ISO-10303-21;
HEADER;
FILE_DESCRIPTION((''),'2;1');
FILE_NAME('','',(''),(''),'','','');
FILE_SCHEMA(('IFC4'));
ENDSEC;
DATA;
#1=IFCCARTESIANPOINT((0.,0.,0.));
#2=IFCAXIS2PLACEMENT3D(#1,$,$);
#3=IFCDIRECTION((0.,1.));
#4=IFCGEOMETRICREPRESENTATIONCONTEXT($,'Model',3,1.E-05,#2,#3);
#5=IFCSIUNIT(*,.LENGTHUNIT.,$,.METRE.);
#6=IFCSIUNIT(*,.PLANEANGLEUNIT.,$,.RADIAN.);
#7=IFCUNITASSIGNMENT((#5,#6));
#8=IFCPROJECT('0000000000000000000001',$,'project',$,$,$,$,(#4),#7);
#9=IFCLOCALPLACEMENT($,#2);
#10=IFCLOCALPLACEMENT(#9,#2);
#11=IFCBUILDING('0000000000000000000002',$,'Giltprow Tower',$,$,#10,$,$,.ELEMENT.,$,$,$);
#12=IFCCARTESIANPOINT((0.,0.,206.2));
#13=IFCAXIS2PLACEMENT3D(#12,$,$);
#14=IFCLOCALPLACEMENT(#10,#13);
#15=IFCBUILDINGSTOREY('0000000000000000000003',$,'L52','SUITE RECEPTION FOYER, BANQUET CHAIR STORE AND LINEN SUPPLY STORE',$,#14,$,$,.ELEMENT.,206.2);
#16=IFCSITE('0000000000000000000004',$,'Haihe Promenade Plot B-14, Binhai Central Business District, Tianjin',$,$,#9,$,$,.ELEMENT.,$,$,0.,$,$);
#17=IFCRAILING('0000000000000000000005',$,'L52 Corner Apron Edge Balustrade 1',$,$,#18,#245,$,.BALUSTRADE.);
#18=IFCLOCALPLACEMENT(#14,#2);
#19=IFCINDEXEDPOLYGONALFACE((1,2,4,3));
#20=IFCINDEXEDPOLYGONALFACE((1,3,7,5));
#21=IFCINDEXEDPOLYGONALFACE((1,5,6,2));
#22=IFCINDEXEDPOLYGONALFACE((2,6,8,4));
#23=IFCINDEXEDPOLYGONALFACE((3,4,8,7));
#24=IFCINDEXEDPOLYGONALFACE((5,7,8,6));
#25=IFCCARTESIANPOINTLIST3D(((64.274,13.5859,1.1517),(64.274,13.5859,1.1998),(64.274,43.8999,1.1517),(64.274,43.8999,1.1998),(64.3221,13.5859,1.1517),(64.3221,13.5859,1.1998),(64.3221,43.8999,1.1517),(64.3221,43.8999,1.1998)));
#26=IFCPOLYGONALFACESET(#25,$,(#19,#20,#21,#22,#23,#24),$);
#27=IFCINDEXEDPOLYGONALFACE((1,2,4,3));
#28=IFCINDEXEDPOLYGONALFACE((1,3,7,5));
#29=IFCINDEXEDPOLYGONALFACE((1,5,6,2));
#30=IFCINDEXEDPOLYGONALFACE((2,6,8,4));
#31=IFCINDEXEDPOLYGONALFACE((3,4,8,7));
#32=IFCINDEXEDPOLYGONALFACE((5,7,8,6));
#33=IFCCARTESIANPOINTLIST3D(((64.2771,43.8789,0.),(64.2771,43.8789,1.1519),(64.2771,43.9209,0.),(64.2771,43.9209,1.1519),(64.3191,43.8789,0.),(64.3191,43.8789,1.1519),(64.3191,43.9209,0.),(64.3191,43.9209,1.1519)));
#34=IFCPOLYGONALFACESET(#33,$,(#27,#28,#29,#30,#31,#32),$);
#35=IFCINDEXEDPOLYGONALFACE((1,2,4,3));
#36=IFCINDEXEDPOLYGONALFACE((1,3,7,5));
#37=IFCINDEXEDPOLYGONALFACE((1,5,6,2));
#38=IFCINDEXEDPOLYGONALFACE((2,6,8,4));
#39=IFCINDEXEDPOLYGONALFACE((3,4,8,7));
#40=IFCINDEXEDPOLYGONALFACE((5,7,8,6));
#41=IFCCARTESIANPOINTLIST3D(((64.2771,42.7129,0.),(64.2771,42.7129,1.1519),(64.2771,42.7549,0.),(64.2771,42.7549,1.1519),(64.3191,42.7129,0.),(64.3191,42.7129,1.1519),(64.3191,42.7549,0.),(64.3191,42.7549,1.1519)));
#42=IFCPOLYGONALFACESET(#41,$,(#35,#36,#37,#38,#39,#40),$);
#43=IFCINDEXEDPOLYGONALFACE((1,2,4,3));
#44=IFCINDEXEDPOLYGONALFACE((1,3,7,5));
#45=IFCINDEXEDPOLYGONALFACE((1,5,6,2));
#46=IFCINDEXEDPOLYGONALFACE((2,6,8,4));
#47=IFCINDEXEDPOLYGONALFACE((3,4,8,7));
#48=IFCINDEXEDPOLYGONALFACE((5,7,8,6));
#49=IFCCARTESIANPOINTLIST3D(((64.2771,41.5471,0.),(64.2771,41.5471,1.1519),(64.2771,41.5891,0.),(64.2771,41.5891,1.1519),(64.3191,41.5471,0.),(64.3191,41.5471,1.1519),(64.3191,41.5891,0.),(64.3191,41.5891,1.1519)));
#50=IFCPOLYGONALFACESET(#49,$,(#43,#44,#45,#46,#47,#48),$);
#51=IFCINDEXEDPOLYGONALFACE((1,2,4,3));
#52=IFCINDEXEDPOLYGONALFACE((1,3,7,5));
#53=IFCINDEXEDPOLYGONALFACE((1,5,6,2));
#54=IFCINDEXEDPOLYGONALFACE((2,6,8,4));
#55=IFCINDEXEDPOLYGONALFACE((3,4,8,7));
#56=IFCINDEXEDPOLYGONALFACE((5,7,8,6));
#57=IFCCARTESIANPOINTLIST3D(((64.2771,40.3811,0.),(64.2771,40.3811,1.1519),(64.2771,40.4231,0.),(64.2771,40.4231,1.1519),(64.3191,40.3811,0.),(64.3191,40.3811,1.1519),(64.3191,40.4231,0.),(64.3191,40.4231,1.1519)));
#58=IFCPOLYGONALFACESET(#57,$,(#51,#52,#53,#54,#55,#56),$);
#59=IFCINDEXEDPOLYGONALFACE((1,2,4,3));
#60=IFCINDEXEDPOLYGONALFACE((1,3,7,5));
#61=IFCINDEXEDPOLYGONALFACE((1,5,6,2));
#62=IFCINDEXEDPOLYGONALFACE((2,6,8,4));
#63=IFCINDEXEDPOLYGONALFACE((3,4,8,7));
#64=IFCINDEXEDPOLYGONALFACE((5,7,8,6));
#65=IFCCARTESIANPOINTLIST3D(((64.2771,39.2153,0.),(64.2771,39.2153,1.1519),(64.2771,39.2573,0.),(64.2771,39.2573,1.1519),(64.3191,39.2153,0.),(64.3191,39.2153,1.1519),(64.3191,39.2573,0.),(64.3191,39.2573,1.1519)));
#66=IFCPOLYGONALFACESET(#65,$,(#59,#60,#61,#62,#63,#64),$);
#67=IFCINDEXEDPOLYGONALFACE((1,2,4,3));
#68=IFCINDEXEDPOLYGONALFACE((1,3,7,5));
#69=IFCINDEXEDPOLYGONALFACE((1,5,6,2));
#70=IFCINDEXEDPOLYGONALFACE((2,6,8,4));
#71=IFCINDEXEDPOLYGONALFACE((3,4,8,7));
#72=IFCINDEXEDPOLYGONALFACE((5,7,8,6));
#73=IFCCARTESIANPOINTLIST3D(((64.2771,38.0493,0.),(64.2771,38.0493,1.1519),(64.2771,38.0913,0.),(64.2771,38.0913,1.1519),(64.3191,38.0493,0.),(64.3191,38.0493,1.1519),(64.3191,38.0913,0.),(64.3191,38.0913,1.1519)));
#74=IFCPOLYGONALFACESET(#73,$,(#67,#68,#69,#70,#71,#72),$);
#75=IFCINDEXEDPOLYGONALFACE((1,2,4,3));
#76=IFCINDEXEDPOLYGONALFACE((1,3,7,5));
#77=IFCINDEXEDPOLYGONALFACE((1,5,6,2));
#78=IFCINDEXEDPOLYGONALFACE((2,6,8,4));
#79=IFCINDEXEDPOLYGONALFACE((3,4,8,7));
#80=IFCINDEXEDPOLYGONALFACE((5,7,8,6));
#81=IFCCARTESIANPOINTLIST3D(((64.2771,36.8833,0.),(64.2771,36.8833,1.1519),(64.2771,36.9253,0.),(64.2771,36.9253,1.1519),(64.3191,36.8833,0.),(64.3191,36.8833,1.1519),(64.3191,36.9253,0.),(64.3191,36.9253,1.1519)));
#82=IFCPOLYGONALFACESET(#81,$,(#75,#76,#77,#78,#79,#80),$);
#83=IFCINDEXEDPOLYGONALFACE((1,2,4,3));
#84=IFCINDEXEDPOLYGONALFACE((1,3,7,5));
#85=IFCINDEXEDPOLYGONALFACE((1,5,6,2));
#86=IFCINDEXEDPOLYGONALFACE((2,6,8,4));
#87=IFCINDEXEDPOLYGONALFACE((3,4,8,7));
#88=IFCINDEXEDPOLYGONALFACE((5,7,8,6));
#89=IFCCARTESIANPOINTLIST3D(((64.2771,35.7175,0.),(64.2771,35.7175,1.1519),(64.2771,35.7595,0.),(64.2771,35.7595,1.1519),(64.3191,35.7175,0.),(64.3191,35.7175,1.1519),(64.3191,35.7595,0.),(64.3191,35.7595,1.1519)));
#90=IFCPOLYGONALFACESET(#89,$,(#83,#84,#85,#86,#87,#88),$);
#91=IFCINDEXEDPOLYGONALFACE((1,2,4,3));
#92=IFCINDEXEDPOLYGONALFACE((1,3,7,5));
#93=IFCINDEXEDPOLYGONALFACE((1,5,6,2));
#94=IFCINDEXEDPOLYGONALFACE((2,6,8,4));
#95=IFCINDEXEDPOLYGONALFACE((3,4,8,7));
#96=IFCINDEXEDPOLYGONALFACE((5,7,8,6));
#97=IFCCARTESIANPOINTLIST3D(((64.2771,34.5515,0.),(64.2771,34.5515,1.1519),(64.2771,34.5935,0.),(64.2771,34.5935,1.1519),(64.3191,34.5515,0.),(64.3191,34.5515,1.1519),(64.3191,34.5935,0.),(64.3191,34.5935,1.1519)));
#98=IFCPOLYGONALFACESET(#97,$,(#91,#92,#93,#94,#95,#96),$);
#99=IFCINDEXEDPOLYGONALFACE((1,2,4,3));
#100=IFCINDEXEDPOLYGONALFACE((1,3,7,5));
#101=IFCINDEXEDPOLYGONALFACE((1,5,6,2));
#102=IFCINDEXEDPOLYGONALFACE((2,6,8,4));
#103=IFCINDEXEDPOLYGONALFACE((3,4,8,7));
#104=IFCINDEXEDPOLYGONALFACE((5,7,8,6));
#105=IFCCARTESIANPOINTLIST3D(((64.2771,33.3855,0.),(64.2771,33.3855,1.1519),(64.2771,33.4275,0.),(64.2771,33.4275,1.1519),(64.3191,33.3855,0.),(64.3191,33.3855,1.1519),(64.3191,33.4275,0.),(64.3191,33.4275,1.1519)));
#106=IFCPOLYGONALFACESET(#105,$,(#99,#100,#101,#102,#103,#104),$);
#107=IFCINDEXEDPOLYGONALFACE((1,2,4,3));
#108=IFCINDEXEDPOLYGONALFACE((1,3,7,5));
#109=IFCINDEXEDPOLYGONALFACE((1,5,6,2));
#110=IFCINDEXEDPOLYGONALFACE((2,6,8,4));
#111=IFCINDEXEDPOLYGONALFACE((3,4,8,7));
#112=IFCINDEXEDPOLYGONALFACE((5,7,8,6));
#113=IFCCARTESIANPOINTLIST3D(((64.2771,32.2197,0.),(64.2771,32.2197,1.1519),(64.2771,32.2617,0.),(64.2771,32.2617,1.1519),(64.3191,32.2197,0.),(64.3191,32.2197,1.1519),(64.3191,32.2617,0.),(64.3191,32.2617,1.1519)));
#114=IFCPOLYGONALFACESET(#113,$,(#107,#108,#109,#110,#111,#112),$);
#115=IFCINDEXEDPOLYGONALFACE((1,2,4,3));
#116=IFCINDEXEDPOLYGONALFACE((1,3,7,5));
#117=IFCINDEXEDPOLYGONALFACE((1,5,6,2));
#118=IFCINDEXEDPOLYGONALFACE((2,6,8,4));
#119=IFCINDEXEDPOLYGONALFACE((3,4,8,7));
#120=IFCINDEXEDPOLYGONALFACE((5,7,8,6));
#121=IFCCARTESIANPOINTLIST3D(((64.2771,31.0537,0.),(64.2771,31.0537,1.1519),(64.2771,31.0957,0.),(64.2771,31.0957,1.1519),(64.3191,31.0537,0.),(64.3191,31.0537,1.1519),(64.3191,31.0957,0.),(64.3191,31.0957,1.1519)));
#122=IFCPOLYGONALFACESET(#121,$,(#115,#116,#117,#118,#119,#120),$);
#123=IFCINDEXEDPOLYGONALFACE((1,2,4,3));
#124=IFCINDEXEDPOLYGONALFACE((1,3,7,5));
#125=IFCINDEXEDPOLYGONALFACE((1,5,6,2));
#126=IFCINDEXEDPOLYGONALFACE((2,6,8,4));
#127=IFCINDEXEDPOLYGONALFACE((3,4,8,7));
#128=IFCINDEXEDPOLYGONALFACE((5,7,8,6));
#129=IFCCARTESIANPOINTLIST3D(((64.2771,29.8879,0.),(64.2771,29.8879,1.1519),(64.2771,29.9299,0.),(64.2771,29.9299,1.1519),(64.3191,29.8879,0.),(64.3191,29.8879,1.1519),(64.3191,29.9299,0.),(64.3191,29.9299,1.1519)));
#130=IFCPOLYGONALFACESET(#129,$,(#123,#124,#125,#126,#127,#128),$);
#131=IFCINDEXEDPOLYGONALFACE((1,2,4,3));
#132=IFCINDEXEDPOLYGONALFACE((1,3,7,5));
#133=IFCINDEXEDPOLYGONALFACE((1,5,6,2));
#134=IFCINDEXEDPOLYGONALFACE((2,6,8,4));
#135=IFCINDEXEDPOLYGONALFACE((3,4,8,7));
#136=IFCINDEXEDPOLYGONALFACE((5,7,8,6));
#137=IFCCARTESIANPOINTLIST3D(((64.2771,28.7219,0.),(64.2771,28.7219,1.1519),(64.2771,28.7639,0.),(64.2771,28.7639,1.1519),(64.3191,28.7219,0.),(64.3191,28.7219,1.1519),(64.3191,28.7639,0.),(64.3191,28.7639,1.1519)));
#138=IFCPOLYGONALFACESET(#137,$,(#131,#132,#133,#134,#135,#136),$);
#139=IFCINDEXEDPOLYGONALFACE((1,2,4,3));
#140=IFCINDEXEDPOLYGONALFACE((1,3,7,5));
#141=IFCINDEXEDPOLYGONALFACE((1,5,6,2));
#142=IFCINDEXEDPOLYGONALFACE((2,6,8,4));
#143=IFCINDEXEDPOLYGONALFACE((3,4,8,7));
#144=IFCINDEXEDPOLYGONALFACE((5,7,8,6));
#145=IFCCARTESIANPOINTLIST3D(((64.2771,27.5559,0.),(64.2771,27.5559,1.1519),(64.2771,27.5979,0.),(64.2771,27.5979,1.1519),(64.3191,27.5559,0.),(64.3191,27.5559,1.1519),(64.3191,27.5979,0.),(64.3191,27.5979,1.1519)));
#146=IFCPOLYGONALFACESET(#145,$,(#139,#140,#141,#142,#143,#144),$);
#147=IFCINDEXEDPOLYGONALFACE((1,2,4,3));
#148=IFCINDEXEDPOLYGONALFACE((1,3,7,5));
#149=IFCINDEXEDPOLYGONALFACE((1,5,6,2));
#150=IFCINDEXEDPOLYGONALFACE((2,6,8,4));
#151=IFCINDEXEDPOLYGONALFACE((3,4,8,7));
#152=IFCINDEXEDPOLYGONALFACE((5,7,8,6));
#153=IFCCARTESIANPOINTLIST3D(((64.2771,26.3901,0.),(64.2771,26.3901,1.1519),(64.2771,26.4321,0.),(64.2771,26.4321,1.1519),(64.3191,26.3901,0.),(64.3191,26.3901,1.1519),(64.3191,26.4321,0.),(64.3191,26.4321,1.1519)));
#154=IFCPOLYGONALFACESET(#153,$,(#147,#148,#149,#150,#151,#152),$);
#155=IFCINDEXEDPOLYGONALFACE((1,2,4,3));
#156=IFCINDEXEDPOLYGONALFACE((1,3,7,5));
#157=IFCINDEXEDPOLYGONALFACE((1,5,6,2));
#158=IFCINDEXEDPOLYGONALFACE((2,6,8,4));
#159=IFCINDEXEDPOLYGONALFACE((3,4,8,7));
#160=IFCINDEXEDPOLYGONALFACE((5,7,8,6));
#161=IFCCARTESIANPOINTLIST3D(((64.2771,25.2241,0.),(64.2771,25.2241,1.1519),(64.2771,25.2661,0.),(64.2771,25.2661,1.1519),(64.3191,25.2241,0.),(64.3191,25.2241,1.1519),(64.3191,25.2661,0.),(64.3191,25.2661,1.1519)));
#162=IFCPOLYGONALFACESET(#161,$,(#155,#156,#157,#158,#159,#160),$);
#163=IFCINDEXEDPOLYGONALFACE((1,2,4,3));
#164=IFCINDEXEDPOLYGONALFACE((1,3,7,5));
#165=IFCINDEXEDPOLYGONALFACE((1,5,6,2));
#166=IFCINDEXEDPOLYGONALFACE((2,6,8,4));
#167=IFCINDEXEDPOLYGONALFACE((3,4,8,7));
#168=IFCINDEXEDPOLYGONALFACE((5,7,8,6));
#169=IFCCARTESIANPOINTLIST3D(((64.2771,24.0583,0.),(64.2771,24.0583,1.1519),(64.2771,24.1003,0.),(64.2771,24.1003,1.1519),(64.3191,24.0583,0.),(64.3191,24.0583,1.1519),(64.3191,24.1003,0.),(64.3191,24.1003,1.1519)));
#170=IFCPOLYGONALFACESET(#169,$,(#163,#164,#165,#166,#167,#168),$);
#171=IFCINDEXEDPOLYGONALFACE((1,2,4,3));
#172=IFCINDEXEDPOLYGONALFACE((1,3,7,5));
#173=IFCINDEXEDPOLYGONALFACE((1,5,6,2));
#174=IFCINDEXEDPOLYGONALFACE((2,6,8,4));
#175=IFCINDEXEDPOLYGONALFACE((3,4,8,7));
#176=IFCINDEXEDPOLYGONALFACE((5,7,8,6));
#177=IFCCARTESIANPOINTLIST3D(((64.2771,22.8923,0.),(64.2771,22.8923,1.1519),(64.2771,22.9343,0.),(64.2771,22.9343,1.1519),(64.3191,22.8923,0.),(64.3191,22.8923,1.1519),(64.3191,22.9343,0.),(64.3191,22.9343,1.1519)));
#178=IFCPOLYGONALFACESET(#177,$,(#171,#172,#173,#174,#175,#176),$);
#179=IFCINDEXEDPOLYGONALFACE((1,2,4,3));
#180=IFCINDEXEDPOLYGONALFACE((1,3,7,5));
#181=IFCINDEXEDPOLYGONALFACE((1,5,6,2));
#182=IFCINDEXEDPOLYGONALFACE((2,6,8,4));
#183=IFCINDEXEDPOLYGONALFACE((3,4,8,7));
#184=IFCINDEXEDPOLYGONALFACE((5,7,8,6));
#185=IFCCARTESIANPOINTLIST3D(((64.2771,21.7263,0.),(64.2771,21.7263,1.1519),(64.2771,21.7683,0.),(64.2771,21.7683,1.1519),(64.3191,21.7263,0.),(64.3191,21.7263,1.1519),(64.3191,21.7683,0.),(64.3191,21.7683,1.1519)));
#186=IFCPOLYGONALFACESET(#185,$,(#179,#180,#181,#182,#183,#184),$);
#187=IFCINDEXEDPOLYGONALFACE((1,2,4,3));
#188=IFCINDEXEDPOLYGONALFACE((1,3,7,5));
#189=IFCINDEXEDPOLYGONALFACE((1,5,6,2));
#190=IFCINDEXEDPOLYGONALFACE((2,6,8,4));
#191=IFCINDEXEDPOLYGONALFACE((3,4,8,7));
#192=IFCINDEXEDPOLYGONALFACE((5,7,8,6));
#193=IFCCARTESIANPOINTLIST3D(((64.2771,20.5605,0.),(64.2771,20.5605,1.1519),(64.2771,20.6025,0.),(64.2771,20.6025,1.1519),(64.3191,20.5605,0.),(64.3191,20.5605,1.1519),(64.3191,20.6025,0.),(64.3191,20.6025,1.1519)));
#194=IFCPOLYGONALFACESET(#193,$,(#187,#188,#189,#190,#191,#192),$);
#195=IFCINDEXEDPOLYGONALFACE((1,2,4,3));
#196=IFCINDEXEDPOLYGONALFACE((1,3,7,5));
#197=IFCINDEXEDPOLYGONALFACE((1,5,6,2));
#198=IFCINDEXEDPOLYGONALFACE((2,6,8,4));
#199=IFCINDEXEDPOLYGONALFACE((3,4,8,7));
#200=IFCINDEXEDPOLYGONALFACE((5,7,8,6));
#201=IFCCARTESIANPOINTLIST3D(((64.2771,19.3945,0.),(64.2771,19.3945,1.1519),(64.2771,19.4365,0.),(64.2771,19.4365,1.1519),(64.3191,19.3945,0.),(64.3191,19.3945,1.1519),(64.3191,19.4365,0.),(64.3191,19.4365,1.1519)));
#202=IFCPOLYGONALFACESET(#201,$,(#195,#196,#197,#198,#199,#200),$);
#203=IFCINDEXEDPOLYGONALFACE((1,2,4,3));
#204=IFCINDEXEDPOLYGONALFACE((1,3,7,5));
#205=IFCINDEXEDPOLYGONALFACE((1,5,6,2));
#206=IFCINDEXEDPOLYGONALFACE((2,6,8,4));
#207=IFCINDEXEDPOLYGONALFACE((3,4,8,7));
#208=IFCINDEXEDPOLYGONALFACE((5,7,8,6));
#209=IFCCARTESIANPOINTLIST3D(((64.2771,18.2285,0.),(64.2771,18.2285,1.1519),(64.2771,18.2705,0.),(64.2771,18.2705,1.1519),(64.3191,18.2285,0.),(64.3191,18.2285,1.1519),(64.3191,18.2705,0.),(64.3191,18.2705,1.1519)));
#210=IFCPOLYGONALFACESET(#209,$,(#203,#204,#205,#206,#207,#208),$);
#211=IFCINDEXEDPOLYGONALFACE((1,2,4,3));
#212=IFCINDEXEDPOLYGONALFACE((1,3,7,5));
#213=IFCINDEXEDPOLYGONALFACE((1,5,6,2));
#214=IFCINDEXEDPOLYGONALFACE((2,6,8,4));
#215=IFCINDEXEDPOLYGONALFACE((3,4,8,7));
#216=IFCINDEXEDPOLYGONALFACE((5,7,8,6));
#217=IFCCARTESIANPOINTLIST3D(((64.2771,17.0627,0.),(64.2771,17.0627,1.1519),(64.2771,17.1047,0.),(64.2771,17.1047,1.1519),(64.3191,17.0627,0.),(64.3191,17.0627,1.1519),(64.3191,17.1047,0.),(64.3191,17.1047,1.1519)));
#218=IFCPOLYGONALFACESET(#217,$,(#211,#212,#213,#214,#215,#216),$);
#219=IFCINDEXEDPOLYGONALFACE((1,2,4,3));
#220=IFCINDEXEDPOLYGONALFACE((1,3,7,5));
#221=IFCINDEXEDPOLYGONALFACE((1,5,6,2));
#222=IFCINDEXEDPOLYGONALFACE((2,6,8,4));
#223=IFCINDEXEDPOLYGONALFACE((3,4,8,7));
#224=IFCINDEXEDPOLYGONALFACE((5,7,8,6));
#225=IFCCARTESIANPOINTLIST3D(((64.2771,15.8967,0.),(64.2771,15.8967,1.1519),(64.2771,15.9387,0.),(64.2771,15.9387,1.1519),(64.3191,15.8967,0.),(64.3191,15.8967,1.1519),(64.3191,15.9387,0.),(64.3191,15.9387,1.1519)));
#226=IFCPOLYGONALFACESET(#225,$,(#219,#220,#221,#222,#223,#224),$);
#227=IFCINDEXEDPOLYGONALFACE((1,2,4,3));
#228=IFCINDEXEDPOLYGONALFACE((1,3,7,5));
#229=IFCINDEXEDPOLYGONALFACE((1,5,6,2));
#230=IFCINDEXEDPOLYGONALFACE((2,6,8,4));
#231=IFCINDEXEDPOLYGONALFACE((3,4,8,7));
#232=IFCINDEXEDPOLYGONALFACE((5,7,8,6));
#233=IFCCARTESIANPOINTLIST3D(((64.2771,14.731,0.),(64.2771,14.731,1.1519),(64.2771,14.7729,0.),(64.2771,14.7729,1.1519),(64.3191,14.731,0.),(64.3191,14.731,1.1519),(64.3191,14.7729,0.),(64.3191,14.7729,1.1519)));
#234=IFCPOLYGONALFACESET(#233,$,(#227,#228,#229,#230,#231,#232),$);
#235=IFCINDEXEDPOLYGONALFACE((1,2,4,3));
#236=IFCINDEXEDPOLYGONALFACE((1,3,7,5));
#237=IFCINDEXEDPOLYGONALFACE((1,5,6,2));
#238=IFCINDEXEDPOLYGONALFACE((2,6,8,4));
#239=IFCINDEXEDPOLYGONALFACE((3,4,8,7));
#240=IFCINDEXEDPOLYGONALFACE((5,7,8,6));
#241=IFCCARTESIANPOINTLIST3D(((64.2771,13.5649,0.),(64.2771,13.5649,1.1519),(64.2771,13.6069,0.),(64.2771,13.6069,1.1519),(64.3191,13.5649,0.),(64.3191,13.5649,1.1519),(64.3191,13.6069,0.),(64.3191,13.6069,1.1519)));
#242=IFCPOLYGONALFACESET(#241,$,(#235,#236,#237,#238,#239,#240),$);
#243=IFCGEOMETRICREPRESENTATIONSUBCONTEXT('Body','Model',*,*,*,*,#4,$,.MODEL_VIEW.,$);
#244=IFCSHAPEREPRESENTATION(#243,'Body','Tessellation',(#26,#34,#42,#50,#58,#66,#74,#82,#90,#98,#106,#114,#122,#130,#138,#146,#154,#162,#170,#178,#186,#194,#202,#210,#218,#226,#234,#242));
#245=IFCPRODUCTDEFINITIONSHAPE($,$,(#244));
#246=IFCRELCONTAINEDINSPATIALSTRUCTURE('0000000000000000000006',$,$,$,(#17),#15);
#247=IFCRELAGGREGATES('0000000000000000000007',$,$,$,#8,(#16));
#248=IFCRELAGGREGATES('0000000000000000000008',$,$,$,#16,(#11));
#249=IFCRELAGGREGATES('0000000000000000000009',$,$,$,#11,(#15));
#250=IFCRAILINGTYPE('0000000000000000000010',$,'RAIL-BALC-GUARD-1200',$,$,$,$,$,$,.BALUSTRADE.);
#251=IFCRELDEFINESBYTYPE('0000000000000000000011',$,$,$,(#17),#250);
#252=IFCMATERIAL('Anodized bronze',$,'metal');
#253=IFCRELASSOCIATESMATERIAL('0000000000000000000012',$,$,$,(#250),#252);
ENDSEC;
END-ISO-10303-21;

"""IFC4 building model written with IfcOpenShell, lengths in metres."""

from ifc_helpers import new_model, si_unit, direction, frame, origin, origin_2d, place, context, subcontext, project, spatial, rectangle, extrude, material, type_object, element, save


model = new_model("IFC4")

# Units and contexts
model_context = context("Model", 3, precision=1e-05, world=origin(), true_north=direction((0.0, 1.0)))
body_context = subcontext(model_context, "Body", "Model", "MODEL_VIEW")
ifc_project = project(units=[si_unit("LENGTHUNIT", "METRE"), si_unit("PLANEANGLEUNIT", "RADIAN")], contexts=[model_context])

# Site, building, storey
site_placement = place(None, origin())
site = spatial("IfcSite", under=ifc_project, at=site_placement, Name="Haihe Promenade Plot B-14, Binhai Central Business District, Tianjin", CompositionType="ELEMENT", RefElevation=0.0)
building_placement = place(site_placement, origin())
building = spatial("IfcBuilding", under=site, at=building_placement, Name="Giltprow Tower", CompositionType="ELEMENT")
storey_placement = place(building_placement, frame((0.0, 0.0, 206.2)))
storey = spatial("IfcBuildingStorey", under=building, at=storey_placement, Name="L52", Description="SUITE RECEPTION FOYER, BANQUET CHAIR STORE AND LINEN SUPPLY STORE", CompositionType="ELEMENT", Elevation=206.2)

# Railing
ifc_material_1 = material(Name="Anodized bronze", Category="metal")
railing_type_1 = type_object("IfcRailingType", Name="RAIL-BALC-GUARD-1200", PredefinedType="BALUSTRADE", material=ifc_material_1)
railing_1_placement = place(storey_placement, frame((64.2981, 43.8999, 0.0)))
element("IfcRailing", 1, at=railing_1_placement, inside=storey, type_object=railing_type_1, Name="L52 Corner Apron Edge Balustrade 1", PredefinedType="BALUSTRADE", context=body_context, shape_type="SweptSolid", body=[
    extrude(rectangle(XDim=0.0481, YDim=0.0481, at=origin_2d()), frame((0.0, 0.0, 1.1758), z_axis=(0.0, -1.0, 0.0), x_axis=(1.0, 0.0, 0.0)), (0.0, 0.0, 1.0), 30.314),
    extrude(rectangle(XDim=0.042, YDim=0.042, at=origin_2d()), origin(), (0.0, 0.0, 1.0), 1.1519),
    extrude(rectangle(XDim=0.042, YDim=0.042, at=origin_2d()), frame((0.0, -1.166, 0.0)), (0.0, 0.0, 1.0), 1.1519),
    extrude(rectangle(XDim=0.042, YDim=0.042, at=origin_2d()), frame((0.0, -2.3318, 0.0)), (0.0, 0.0, 1.0), 1.1519),
    extrude(rectangle(XDim=0.042, YDim=0.042, at=origin_2d()), frame((0.0, -3.4978, 0.0)), (0.0, 0.0, 1.0), 1.1519),
    extrude(rectangle(XDim=0.042, YDim=0.042, at=origin_2d()), frame((0.0, -4.6636, 0.0)), (0.0, 0.0, 1.0), 1.1519),
    extrude(rectangle(XDim=0.042, YDim=0.042, at=origin_2d()), frame((0.0, -5.8296, 0.0)), (0.0, 0.0, 1.0), 1.1519),
    extrude(rectangle(XDim=0.042, YDim=0.042, at=origin_2d()), frame((0.0, -6.9956, 0.0)), (0.0, 0.0, 1.0), 1.1519),
    extrude(rectangle(XDim=0.042, YDim=0.042, at=origin_2d()), frame((0.0, -8.1614, 0.0)), (0.0, 0.0, 1.0), 1.1519),
    extrude(rectangle(XDim=0.042, YDim=0.042, at=origin_2d()), frame((0.0, -9.3274, 0.0)), (0.0, 0.0, 1.0), 1.1519),
    extrude(rectangle(XDim=0.042, YDim=0.042, at=origin_2d()), frame((0.0, -10.4934, 0.0)), (0.0, 0.0, 1.0), 1.1519),
    extrude(rectangle(XDim=0.042, YDim=0.042, at=origin_2d()), frame((0.0, -11.6592, 0.0)), (0.0, 0.0, 1.0), 1.1519),
    extrude(rectangle(XDim=0.042, YDim=0.042, at=origin_2d()), frame((0.0, -12.8252, 0.0)), (0.0, 0.0, 1.0), 1.1519),
    extrude(rectangle(XDim=0.042, YDim=0.042, at=origin_2d()), frame((0.0, -13.991, 0.0)), (0.0, 0.0, 1.0), 1.1519),
    extrude(rectangle(XDim=0.042, YDim=0.042, at=origin_2d()), frame((0.0, -15.157, 0.0)), (0.0, 0.0, 1.0), 1.1519),
    extrude(rectangle(XDim=0.042, YDim=0.042, at=origin_2d()), frame((0.0, -16.323, 0.0)), (0.0, 0.0, 1.0), 1.1519),
    extrude(rectangle(XDim=0.042, YDim=0.042, at=origin_2d()), frame((0.0, -17.4888, 0.0)), (0.0, 0.0, 1.0), 1.1519),
    extrude(rectangle(XDim=0.042, YDim=0.042, at=origin_2d()), frame((0.0, -18.6548, 0.0)), (0.0, 0.0, 1.0), 1.1519),
    extrude(rectangle(XDim=0.042, YDim=0.042, at=origin_2d()), frame((0.0, -19.8206, 0.0)), (0.0, 0.0, 1.0), 1.1519),
    extrude(rectangle(XDim=0.042, YDim=0.042, at=origin_2d()), frame((0.0, -20.9866, 0.0)), (0.0, 0.0, 1.0), 1.1519),
    extrude(rectangle(XDim=0.042, YDim=0.042, at=origin_2d()), frame((0.0, -22.1526, 0.0)), (0.0, 0.0, 1.0), 1.1519),
    extrude(rectangle(XDim=0.042, YDim=0.042, at=origin_2d()), frame((0.0, -23.3184, 0.0)), (0.0, 0.0, 1.0), 1.1519),
    extrude(rectangle(XDim=0.042, YDim=0.042, at=origin_2d()), frame((0.0, -24.4844, 0.0)), (0.0, 0.0, 1.0), 1.1519),
    extrude(rectangle(XDim=0.042, YDim=0.042, at=origin_2d()), frame((0.0, -25.6504, 0.0)), (0.0, 0.0, 1.0), 1.1519),
    extrude(rectangle(XDim=0.042, YDim=0.042, at=origin_2d()), frame((0.0, -26.8162, 0.0)), (0.0, 0.0, 1.0), 1.1519),
    extrude(rectangle(XDim=0.042, YDim=0.042, at=origin_2d()), frame((0.0, -27.9822, 0.0)), (0.0, 0.0, 1.0), 1.1519),
    extrude(rectangle(XDim=0.042, YDim=0.042, at=origin_2d()), frame((0.0, -29.1479, 0.0)), (0.0, 0.0, 1.0), 1.1519),
    extrude(rectangle(XDim=0.042, YDim=0.042, at=origin_2d()), frame((0.0, -30.314, 0.0)), (0.0, 0.0, 1.0), 1.1519),
])

save(model, "model.ifc")
